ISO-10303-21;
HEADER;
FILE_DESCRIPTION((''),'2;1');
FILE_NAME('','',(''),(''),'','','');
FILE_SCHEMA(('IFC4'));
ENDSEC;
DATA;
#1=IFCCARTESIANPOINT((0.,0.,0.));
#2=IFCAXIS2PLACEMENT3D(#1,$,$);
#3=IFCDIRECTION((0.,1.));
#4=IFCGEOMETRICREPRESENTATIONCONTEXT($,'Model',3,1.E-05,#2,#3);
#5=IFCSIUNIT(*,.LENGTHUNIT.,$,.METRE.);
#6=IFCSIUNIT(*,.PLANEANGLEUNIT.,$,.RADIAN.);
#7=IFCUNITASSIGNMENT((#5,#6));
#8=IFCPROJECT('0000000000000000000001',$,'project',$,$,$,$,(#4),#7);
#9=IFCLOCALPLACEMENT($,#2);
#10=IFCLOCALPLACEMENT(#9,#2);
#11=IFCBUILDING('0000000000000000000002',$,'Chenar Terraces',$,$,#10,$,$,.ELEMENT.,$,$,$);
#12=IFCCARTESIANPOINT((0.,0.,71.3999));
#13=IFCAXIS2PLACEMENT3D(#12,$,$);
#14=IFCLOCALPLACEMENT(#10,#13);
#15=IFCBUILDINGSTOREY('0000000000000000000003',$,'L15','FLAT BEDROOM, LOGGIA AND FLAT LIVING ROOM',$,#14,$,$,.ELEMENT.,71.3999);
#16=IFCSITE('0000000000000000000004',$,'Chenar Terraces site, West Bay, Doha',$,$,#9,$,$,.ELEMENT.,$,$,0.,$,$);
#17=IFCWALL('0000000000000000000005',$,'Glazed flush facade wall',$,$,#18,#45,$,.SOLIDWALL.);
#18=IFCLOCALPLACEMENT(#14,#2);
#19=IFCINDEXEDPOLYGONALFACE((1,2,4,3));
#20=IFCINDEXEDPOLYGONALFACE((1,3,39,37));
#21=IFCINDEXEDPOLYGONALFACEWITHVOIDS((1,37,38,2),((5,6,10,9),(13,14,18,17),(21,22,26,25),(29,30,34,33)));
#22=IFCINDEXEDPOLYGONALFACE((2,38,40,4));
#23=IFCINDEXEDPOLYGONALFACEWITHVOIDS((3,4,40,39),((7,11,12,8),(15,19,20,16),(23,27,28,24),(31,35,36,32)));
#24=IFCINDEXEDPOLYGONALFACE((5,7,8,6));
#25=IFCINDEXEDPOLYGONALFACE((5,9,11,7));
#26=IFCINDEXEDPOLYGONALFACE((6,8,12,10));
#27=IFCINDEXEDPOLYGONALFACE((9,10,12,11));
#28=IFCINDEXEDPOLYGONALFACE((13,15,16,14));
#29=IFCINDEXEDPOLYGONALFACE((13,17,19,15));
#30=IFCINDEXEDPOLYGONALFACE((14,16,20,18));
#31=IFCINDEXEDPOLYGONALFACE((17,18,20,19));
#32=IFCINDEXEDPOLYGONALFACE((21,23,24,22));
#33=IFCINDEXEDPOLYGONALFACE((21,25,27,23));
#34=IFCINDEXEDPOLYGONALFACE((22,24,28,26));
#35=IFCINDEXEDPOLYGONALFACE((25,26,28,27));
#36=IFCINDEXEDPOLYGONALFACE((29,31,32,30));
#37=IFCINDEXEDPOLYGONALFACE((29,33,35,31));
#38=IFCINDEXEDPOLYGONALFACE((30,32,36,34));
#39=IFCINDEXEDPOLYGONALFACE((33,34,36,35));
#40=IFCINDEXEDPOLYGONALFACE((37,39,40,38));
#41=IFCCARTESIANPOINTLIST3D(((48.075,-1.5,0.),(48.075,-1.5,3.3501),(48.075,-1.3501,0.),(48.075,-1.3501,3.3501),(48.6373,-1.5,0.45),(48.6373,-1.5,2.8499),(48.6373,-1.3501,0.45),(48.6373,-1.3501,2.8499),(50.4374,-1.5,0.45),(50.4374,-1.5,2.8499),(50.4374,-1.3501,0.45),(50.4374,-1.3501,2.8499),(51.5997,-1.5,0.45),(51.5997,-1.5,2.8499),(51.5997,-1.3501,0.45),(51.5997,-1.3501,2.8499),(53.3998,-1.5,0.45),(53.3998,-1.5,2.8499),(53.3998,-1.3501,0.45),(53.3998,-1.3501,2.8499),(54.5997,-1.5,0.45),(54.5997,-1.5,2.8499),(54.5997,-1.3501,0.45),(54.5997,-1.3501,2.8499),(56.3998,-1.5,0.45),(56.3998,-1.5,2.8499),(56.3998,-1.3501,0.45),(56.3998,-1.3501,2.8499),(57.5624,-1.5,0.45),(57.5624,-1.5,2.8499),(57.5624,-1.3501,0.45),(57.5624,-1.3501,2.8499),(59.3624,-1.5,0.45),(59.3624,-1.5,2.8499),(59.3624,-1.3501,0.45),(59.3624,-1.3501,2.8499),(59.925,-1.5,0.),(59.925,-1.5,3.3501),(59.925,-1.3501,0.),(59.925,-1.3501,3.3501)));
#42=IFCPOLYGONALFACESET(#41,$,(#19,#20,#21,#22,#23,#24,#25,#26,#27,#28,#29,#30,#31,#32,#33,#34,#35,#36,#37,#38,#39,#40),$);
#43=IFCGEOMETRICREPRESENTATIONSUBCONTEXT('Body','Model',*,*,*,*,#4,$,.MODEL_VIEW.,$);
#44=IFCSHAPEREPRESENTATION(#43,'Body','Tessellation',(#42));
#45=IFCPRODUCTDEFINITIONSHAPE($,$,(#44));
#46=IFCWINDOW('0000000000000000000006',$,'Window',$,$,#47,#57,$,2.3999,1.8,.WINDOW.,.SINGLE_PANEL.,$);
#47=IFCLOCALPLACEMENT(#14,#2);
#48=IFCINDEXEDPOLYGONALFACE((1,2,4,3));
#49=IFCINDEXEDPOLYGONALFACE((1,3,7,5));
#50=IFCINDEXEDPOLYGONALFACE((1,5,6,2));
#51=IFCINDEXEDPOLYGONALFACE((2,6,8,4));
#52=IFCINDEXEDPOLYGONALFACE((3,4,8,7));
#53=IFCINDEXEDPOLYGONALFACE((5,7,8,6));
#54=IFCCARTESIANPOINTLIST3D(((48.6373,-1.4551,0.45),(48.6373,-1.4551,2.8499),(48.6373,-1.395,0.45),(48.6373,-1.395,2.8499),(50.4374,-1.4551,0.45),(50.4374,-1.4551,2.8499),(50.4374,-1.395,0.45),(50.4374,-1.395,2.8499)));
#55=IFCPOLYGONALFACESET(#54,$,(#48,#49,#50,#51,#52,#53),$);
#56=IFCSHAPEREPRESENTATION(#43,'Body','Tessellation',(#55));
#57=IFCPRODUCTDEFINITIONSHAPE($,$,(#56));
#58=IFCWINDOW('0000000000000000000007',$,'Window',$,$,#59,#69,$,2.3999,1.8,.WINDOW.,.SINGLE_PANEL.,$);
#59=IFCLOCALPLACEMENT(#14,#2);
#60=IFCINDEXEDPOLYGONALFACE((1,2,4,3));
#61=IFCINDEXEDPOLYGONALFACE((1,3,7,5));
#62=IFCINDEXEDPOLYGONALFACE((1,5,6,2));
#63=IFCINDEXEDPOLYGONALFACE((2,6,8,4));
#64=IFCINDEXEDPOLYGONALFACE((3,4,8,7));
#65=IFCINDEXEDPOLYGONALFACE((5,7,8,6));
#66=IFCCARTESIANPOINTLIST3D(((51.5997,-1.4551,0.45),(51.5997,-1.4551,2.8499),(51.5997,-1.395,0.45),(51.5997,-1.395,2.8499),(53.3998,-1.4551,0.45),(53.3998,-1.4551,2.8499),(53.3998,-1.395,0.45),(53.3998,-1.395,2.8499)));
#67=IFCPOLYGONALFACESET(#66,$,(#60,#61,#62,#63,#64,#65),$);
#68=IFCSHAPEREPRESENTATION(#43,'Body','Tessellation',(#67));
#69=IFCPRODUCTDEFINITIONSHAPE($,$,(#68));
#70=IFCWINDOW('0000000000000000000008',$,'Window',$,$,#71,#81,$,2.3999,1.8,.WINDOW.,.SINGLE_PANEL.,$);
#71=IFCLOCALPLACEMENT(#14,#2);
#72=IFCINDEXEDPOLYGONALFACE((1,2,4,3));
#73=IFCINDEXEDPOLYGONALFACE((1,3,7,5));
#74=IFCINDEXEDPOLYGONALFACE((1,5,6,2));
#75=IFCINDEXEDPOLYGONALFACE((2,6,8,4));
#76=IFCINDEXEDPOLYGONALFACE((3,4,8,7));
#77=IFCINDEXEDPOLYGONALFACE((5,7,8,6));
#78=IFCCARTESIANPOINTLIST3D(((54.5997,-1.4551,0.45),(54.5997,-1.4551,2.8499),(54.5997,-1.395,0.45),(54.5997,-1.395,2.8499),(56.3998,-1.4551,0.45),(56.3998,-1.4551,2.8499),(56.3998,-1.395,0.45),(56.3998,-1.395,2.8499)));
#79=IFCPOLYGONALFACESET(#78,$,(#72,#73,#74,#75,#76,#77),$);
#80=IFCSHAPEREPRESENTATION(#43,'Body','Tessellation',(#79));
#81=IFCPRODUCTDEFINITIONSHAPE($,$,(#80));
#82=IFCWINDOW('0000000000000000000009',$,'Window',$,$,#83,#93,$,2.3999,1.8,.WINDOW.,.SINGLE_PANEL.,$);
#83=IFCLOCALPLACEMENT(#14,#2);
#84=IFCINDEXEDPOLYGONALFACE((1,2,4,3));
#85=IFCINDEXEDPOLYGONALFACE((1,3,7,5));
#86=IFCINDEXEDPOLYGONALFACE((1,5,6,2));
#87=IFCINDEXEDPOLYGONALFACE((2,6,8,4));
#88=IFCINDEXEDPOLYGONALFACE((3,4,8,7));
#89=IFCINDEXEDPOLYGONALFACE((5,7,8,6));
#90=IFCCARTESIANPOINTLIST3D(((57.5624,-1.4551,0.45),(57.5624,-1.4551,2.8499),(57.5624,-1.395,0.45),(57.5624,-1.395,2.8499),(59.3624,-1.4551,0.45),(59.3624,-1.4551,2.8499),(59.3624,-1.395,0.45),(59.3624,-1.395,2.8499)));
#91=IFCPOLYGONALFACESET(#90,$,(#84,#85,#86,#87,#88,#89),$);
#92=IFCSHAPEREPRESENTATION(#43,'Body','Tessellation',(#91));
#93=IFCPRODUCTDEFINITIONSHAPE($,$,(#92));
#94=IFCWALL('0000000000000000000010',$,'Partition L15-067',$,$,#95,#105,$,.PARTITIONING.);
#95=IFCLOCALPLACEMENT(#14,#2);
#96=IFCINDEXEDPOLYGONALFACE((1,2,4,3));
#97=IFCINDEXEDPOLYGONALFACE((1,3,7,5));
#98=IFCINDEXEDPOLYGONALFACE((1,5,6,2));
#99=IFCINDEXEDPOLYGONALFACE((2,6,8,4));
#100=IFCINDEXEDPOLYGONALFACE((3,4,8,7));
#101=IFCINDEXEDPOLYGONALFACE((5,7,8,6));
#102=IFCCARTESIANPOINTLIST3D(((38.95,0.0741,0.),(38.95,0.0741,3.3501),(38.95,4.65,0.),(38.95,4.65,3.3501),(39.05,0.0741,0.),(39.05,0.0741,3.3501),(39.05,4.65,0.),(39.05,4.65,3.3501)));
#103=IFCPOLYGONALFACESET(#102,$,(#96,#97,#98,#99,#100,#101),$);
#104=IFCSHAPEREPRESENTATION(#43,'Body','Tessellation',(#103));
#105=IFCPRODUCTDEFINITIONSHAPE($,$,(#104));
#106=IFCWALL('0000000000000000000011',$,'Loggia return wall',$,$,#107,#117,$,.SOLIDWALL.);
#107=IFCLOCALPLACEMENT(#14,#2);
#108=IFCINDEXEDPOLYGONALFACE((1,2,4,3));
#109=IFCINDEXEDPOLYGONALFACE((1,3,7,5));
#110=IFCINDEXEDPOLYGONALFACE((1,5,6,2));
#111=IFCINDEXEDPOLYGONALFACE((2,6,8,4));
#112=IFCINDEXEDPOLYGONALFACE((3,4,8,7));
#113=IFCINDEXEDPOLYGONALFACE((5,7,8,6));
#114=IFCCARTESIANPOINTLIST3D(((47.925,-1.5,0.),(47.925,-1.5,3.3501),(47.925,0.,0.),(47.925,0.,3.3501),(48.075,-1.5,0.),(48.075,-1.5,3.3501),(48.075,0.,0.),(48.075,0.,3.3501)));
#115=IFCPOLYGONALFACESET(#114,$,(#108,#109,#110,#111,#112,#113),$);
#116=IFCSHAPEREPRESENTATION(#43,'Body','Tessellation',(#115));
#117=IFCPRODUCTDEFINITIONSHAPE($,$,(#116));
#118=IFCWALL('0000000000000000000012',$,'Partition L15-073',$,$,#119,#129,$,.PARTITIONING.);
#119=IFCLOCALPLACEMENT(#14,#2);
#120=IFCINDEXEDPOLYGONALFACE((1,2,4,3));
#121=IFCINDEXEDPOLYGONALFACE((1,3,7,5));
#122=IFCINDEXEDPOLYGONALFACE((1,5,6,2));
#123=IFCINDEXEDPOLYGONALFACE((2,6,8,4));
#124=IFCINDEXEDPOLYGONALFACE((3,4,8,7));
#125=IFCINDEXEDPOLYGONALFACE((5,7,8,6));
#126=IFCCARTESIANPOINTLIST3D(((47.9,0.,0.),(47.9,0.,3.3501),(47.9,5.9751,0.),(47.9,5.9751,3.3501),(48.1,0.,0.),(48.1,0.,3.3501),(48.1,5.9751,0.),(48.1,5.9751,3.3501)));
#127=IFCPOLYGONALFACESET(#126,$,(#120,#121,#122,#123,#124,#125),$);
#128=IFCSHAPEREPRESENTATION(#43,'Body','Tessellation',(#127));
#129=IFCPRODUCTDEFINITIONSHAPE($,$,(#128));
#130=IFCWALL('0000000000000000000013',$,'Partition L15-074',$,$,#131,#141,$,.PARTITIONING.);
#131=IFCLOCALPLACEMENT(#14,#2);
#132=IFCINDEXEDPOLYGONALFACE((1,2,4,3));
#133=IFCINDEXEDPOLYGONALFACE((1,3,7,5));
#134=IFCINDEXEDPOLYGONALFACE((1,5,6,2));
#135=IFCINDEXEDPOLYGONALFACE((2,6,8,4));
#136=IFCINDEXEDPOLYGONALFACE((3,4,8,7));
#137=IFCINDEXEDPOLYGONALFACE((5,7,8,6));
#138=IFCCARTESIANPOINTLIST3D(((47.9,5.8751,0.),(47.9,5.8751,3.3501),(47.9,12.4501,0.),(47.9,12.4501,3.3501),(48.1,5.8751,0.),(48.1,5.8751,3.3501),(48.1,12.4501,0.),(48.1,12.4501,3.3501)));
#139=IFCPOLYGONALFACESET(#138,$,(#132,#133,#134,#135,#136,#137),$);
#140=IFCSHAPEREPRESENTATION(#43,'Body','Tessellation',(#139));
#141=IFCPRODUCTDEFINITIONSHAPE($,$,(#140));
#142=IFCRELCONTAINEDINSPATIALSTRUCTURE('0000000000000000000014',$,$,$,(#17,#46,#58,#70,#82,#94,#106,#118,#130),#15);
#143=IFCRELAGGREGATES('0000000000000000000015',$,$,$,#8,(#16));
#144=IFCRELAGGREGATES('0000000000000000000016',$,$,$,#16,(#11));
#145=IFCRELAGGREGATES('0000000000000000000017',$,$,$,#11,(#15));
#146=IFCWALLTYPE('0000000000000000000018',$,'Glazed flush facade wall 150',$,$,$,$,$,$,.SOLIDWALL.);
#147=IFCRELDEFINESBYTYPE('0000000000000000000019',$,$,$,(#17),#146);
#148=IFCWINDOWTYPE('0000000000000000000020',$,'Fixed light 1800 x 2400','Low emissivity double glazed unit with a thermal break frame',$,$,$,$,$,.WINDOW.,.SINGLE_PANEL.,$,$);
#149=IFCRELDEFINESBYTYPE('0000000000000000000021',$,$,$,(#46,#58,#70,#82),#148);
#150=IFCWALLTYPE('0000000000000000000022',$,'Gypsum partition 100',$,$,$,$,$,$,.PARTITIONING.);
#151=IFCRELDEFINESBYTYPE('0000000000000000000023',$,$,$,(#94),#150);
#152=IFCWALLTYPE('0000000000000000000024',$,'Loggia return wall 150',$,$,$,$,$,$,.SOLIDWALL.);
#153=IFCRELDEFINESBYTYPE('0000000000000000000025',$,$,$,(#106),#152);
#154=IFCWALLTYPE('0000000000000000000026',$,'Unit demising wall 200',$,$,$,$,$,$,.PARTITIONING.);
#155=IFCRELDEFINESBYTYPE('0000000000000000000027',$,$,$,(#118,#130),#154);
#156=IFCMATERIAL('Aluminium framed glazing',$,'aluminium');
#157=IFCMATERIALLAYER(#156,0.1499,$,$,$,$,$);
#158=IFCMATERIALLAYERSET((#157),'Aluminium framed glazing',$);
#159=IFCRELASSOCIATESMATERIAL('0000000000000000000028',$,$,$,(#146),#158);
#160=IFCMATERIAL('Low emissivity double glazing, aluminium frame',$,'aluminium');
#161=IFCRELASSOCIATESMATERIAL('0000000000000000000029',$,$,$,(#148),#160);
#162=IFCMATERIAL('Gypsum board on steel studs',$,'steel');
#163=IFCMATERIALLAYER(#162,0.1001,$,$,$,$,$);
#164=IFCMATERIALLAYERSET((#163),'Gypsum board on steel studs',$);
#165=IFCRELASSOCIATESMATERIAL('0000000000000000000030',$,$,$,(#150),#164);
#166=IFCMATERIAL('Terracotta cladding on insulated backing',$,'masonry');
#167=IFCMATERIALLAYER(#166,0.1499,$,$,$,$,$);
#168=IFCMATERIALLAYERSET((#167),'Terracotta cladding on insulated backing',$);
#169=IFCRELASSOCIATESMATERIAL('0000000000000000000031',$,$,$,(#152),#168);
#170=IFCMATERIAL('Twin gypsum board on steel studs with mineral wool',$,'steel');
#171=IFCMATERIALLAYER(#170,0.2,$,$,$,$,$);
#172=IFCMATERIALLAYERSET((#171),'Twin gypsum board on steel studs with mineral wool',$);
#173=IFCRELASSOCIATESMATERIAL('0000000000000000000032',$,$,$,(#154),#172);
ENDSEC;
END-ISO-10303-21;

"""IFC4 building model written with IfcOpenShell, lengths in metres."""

from ifc_helpers import new_model, si_unit, direction, frame, frame_2d, origin, place, context, subcontext, project, spatial, rectangle, extrude, material, layer, layer_set, type_object, element, fill, save


model = new_model("IFC4")

# Units and contexts
model_context = context("Model", 3, precision=1e-05, world=origin(), true_north=direction((0.0, 1.0)))
body_context = subcontext(model_context, "Body", "Model", "MODEL_VIEW")
ifc_project = project(units=[si_unit("LENGTHUNIT", "METRE"), si_unit("PLANEANGLEUNIT", "RADIAN")], contexts=[model_context])

# Site, building, storey
site_placement = place(None, origin())
site = spatial("IfcSite", under=ifc_project, at=site_placement, Name="Chenar Terraces site, West Bay, Doha", CompositionType="ELEMENT", RefElevation=0.0)
building_placement = place(site_placement, origin())
building = spatial("IfcBuilding", under=site, at=building_placement, Name="Chenar Terraces", CompositionType="ELEMENT")
storey_placement = place(building_placement, frame((0.0, 0.0, 71.3999)))
storey = spatial("IfcBuildingStorey", under=building, at=storey_placement, Name="L15", Description="FLAT BEDROOM, LOGGIA AND FLAT LIVING ROOM", CompositionType="ELEMENT", Elevation=71.3999)

# Wall, openings, windows
ifc_material_1 = material(Name="Aluminium framed glazing", Category="aluminium")
ifc_layer_1 = layer(ifc_material_1, 0.1499)
ifc_layer_set_1 = layer_set([ifc_layer_1], Name="Aluminium framed glazing")
wall_type_1 = type_object("IfcWallType", Name="Glazed flush facade wall 150", PredefinedType="SOLIDWALL", material=ifc_layer_set_1)
wall_1_placement = place(storey_placement, frame((48.075, -1.425, 0.0), z_axis=(0.0, 0.0, 1.0), x_axis=(1.0, 0.0, 0.0)))
wall_1 = element("IfcWall", 1, at=wall_1_placement, inside=storey, type_object=wall_type_1, Name="Glazed flush facade wall", PredefinedType="SOLIDWALL", context=body_context, shape_type="SweptSolid", body=[
    extrude(rectangle(XDim=11.8501, YDim=0.1499, at=frame_2d((5.925, 0.0))), origin(), (0.0, 0.0, 1.0), 3.3501),
])
opening_1_placement = place(wall_1_placement, frame((0.5625, 0.0, 0.45)))
opening_1 = element("IfcOpeningElement", 2, at=opening_1_placement, cuts=wall_1, PredefinedType="OPENING", context=body_context, shape_type="SweptSolid", body=[
    extrude(rectangle(XDim=1.8, YDim=2.3999, at=frame_2d((0.8999, 1.2))), frame((0.0, 0.085, 0.0), z_axis=(0.0, -1.0, 0.0), x_axis=(1.0, 0.0, 0.0)), (0.0, 0.0, 1.0), 0.1699),
])
opening_2_placement = place(wall_1_placement, frame((3.5249, 0.0, 0.45)))
opening_2 = element("IfcOpeningElement", 3, at=opening_2_placement, cuts=wall_1, PredefinedType="OPENING", context=body_context, shape_type="SweptSolid", body=[
    extrude(rectangle(XDim=1.8, YDim=2.3999, at=frame_2d((0.8999, 1.2))), frame((0.0, 0.085, 0.0), z_axis=(0.0, -1.0, 0.0), x_axis=(1.0, 0.0, 0.0)), (0.0, 0.0, 1.0), 0.1699),
])
opening_3_placement = place(wall_1_placement, frame((6.5249, 0.0, 0.45)))
opening_3 = element("IfcOpeningElement", 4, at=opening_3_placement, cuts=wall_1, PredefinedType="OPENING", context=body_context, shape_type="SweptSolid", body=[
    extrude(rectangle(XDim=1.8, YDim=2.3999, at=frame_2d((0.8999, 1.2))), frame((0.0, 0.085, 0.0), z_axis=(0.0, -1.0, 0.0), x_axis=(1.0, 0.0, 0.0)), (0.0, 0.0, 1.0), 0.1699),
])
opening_4_placement = place(wall_1_placement, frame((9.4875, 0.0, 0.45)))
opening_4 = element("IfcOpeningElement", 5, at=opening_4_placement, cuts=wall_1, PredefinedType="OPENING", context=body_context, shape_type="SweptSolid", body=[
    extrude(rectangle(XDim=1.8, YDim=2.3999, at=frame_2d((0.8999, 1.2))), frame((0.0, 0.085, 0.0), z_axis=(0.0, -1.0, 0.0), x_axis=(1.0, 0.0, 0.0)), (0.0, 0.0, 1.0), 0.1699),
])
ifc_material_2 = material(Name="Low emissivity double glazing, aluminium frame", Category="aluminium")
window_type = type_object("IfcWindowType", Name="Fixed light 1800 x 2400", Description="Low emissivity double glazed unit with a thermal break frame", PartitioningType="SINGLE_PANEL", PredefinedType="WINDOW", material=ifc_material_2)
window_1_placement = place(opening_1_placement, origin())
window_1 = element("IfcWindow", 6, at=window_1_placement, inside=storey, type_object=window_type, Name="Window", OverallHeight=2.3999, OverallWidth=1.8, PartitioningType="SINGLE_PANEL", PredefinedType="WINDOW", context=body_context, shape_type="SweptSolid", body=[
    extrude(rectangle(XDim=1.8, YDim=2.3999, at=frame_2d((0.8999, 1.2))), frame((0.0, 0.03, 0.0), z_axis=(0.0, -1.0, 0.0), x_axis=(1.0, 0.0, 0.0)), (0.0, 0.0, 1.0), 0.0601),
])
fill(opening_1, window_1)
window_2_placement = place(opening_2_placement, origin())
window_2 = element("IfcWindow", 7, at=window_2_placement, inside=storey, type_object=window_type, Name="Window", OverallHeight=2.3999, OverallWidth=1.8, PartitioningType="SINGLE_PANEL", PredefinedType="WINDOW", context=body_context, shape_type="SweptSolid", body=[
    extrude(rectangle(XDim=1.8, YDim=2.3999, at=frame_2d((0.8999, 1.2))), frame((0.0, 0.03, 0.0), z_axis=(0.0, -1.0, 0.0), x_axis=(1.0, 0.0, 0.0)), (0.0, 0.0, 1.0), 0.0601),
])
fill(opening_2, window_2)
window_3_placement = place(opening_3_placement, origin())
window_3 = element("IfcWindow", 8, at=window_3_placement, inside=storey, type_object=window_type, Name="Window", OverallHeight=2.3999, OverallWidth=1.8, PartitioningType="SINGLE_PANEL", PredefinedType="WINDOW", context=body_context, shape_type="SweptSolid", body=[
    extrude(rectangle(XDim=1.8, YDim=2.3999, at=frame_2d((0.8999, 1.2))), frame((0.0, 0.03, 0.0), z_axis=(0.0, -1.0, 0.0), x_axis=(1.0, 0.0, 0.0)), (0.0, 0.0, 1.0), 0.0601),
])
fill(opening_3, window_3)
window_4_placement = place(opening_4_placement, origin())
window_4 = element("IfcWindow", 9, at=window_4_placement, inside=storey, type_object=window_type, Name="Window", OverallHeight=2.3999, OverallWidth=1.8, PartitioningType="SINGLE_PANEL", PredefinedType="WINDOW", context=body_context, shape_type="SweptSolid", body=[
    extrude(rectangle(XDim=1.8, YDim=2.3999, at=frame_2d((0.8999, 1.2))), frame((0.0, 0.03, 0.0), z_axis=(0.0, -1.0, 0.0), x_axis=(1.0, 0.0, 0.0)), (0.0, 0.0, 1.0), 0.0601),
])
fill(opening_4, window_4)

# Walls
ifc_material_3 = material(Name="Gypsum board on steel studs", Category="steel")
ifc_layer_2 = layer(ifc_material_3, 0.1001)
ifc_layer_set_2 = layer_set([ifc_layer_2], Name="Gypsum board on steel studs")
wall_type_2 = type_object("IfcWallType", Name="Gypsum partition 100", PredefinedType="PARTITIONING", material=ifc_layer_set_2)
wall_2_placement = place(storey_placement, frame((39.0, 0.074, 0.0), z_axis=(0.0, 0.0, 1.0), x_axis=(0.0, 1.0, 0.0)))
element("IfcWall", 10, at=wall_2_placement, inside=storey, type_object=wall_type_2, Name="Partition L15-067", PredefinedType="PARTITIONING", context=body_context, shape_type="SweptSolid", body=[
    extrude(rectangle(XDim=4.5759, YDim=0.1001, at=frame_2d((2.2881, 0.0))), origin(), (0.0, 0.0, 1.0), 3.3501),
])
ifc_material_4 = material(Name="Terracotta cladding on insulated backing", Category="masonry")
ifc_layer_3 = layer(ifc_material_4, 0.1499)
ifc_layer_set_3 = layer_set([ifc_layer_3], Name="Terracotta cladding on insulated backing")
wall_type_3 = type_object("IfcWallType", Name="Loggia return wall 150", PredefinedType="SOLIDWALL", material=ifc_layer_set_3)
wall_3_placement = place(storey_placement, frame((48.0, -1.5, 0.0), z_axis=(0.0, 0.0, 1.0), x_axis=(0.0, 1.0, 0.0)))
element("IfcWall", 11, at=wall_3_placement, inside=storey, type_object=wall_type_3, Name="Loggia return wall", PredefinedType="SOLIDWALL", context=body_context, shape_type="SweptSolid", body=[
    extrude(rectangle(XDim=1.5, YDim=0.1499, at=frame_2d((0.75, 0.0))), origin(), (0.0, 0.0, 1.0), 3.3501),
])
ifc_material_5 = material(Name="Twin gypsum board on steel studs with mineral wool", Category="steel")
ifc_layer_4 = layer(ifc_material_5, 0.2)
ifc_layer_set_4 = layer_set([ifc_layer_4], Name="Twin gypsum board on steel studs with mineral wool")
wall_type_4 = type_object("IfcWallType", Name="Unit demising wall 200", PredefinedType="PARTITIONING", material=ifc_layer_set_4)
wall_4_placement = place(storey_placement, frame((48.0, 0.0, 0.0), z_axis=(0.0, 0.0, 1.0), x_axis=(0.0, 1.0, 0.0)))
element("IfcWall", 12, at=wall_4_placement, inside=storey, type_object=wall_type_4, Name="Partition L15-073", PredefinedType="PARTITIONING", context=body_context, shape_type="SweptSolid", body=[
    extrude(rectangle(XDim=5.9751, YDim=0.2, at=frame_2d((2.9875, 0.0))), origin(), (0.0, 0.0, 1.0), 3.3501),
])
wall_5_placement = place(storey_placement, frame((48.0, 5.875, 0.0), z_axis=(0.0, 0.0, 1.0), x_axis=(0.0, 1.0, 0.0)))
element("IfcWall", 13, at=wall_5_placement, inside=storey, type_object=wall_type_4, Name="Partition L15-074", PredefinedType="PARTITIONING", context=body_context, shape_type="SweptSolid", body=[
    extrude(rectangle(XDim=6.575, YDim=0.2, at=frame_2d((3.2876, 0.0))), origin(), (0.0, 0.0, 1.0), 3.3501),
])

save(model, "model.ifc")
